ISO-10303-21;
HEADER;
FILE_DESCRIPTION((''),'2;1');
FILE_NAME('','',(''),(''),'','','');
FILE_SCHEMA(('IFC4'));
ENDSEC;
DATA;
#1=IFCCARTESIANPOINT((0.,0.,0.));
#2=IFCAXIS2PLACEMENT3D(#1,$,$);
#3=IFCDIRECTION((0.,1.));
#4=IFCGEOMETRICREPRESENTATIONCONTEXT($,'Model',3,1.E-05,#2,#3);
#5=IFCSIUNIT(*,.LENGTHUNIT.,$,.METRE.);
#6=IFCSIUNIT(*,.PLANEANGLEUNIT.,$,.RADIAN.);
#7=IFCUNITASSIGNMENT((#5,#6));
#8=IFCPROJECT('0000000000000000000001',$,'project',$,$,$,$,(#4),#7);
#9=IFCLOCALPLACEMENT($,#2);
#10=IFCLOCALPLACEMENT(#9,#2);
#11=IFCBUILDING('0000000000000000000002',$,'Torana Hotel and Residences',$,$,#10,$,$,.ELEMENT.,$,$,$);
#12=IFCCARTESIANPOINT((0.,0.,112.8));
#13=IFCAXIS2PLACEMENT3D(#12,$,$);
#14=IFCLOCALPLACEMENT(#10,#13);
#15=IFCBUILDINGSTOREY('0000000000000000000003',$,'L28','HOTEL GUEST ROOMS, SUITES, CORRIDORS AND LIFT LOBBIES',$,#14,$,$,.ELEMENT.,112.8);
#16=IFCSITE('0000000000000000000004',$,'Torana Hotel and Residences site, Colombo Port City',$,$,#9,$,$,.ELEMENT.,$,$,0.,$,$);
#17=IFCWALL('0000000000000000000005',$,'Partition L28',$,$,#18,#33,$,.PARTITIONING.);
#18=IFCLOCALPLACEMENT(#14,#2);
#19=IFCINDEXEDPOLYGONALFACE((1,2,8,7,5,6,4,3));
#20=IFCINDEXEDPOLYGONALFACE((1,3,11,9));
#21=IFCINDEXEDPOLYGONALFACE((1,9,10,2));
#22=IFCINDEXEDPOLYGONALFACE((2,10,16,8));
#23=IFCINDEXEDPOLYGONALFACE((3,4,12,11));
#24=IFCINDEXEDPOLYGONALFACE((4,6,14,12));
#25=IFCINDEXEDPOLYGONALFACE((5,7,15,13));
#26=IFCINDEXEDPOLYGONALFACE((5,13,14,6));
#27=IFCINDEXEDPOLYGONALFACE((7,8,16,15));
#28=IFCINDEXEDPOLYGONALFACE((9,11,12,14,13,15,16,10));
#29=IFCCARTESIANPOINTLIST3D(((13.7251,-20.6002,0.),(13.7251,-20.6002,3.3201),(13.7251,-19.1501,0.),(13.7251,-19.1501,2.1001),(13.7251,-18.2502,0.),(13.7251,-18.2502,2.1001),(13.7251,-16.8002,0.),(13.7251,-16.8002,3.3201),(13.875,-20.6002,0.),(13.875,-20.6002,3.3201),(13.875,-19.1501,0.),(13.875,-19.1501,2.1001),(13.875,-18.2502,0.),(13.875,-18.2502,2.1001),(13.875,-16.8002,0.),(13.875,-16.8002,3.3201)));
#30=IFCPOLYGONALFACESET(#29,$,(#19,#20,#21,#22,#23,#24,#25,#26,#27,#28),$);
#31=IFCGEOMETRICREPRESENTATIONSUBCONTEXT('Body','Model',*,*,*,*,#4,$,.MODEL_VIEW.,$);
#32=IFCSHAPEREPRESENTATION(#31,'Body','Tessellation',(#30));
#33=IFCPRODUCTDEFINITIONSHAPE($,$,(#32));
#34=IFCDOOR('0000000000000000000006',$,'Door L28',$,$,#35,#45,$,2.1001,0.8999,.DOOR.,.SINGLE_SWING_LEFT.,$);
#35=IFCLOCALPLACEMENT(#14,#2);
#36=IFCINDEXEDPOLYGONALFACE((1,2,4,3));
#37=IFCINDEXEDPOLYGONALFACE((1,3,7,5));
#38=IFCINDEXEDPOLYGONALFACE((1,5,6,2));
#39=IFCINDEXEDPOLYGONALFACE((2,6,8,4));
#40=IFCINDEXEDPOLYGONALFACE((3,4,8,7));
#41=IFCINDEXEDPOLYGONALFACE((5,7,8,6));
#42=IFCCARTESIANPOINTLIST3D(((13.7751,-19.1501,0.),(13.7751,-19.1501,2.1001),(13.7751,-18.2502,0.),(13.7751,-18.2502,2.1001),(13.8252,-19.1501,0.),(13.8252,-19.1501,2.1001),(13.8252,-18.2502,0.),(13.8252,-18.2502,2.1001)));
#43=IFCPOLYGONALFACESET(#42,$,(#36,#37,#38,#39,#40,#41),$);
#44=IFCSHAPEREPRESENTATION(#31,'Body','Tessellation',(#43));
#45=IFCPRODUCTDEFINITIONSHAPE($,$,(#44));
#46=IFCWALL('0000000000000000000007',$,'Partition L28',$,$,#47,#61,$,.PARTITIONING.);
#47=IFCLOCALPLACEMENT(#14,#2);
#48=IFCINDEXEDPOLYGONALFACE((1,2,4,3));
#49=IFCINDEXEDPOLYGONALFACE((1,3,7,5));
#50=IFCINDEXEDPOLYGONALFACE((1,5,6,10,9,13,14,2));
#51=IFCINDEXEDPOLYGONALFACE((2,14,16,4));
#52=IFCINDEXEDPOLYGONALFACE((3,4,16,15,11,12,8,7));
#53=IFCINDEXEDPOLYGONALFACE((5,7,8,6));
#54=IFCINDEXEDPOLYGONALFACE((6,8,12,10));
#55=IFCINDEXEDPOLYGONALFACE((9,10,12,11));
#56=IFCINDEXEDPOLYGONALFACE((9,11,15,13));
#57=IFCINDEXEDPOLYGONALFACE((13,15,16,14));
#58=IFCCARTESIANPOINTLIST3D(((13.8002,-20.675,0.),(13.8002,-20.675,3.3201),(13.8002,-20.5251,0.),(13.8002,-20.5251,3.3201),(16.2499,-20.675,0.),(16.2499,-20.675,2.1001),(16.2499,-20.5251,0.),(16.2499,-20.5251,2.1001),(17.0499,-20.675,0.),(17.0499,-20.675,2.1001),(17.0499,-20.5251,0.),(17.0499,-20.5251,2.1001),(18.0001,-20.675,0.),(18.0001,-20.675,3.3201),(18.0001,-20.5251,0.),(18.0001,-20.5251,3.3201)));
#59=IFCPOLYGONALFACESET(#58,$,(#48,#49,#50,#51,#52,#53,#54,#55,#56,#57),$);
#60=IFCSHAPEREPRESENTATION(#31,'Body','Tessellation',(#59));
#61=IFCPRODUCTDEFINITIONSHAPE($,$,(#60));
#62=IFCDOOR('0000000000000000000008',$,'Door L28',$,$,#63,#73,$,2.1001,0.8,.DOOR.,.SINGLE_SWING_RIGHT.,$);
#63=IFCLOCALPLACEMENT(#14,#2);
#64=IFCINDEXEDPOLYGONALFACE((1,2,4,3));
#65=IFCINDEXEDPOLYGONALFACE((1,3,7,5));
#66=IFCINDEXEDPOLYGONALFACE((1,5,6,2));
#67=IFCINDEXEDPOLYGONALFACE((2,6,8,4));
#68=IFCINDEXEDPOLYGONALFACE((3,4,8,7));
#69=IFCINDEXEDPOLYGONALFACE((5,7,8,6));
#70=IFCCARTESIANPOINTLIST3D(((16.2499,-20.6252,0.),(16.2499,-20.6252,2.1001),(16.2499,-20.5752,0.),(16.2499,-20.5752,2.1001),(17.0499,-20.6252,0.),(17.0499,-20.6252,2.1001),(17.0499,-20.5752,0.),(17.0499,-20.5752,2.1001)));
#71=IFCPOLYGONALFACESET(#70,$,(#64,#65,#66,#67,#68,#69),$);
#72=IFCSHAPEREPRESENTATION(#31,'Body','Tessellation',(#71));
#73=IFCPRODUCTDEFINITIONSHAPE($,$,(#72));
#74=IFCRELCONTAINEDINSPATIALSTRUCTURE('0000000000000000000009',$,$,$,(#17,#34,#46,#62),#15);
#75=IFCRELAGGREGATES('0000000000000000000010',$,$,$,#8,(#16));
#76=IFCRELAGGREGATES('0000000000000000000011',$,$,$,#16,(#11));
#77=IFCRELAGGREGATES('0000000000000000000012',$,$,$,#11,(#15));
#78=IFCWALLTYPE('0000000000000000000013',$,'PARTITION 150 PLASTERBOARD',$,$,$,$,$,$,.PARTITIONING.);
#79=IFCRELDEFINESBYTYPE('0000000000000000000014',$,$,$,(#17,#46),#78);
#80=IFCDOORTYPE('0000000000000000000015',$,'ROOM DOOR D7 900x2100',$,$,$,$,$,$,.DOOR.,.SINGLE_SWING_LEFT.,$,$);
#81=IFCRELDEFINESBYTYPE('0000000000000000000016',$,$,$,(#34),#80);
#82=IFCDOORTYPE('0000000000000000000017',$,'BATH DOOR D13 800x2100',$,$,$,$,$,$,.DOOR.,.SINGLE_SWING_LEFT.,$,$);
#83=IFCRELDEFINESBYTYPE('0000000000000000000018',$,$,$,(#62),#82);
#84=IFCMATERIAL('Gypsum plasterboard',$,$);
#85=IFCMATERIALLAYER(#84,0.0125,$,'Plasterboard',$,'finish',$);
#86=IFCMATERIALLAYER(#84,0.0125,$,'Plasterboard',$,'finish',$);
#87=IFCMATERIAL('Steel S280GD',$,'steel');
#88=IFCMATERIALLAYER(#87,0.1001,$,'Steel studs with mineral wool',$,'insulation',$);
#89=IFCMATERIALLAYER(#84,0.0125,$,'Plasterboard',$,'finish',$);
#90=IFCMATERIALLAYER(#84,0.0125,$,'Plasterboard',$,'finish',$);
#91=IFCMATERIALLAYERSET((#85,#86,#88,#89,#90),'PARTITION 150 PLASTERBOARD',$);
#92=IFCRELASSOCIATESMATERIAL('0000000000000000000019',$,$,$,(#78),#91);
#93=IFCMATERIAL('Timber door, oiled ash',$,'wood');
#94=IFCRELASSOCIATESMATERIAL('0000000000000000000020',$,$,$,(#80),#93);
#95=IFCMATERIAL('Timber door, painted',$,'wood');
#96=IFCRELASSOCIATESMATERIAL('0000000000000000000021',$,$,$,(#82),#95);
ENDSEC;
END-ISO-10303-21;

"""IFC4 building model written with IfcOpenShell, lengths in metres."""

from ifc_helpers import new_model, si_unit, direction, frame, frame_2d, origin, place, context, subcontext, project, spatial, rectangle, extrude, material, layer, layer_set, type_object, element, fill, save


model = new_model("IFC4")

# Units and contexts
model_context = context("Model", 3, precision=1e-05, world=origin(), true_north=direction((0.0, 1.0)))
body_context = subcontext(model_context, "Body", "Model", "MODEL_VIEW")
ifc_project = project(units=[si_unit("LENGTHUNIT", "METRE"), si_unit("PLANEANGLEUNIT", "RADIAN")], contexts=[model_context])

# Site, building, storey
site_placement = place(None, origin())
site = spatial("IfcSite", under=ifc_project, at=site_placement, Name="Torana Hotel and Residences site, Colombo Port City", CompositionType="ELEMENT", RefElevation=0.0)
building_placement = place(site_placement, origin())
building = spatial("IfcBuilding", under=site, at=building_placement, Name="Torana Hotel and Residences", CompositionType="ELEMENT")
storey_placement = place(building_placement, frame((0.0, 0.0, 112.8)))
storey = spatial("IfcBuildingStorey", under=building, at=storey_placement, Name="L28", Description="HOTEL GUEST ROOMS, SUITES, CORRIDORS AND LIFT LOBBIES", CompositionType="ELEMENT", Elevation=112.8)

# Shared definitions
ifc_material_1 = material(Name="Gypsum plasterboard")
ifc_layer_1 = layer(ifc_material_1, 0.0125, Name="Plasterboard", Category="finish")
ifc_layer_2 = layer(ifc_material_1, 0.0125, Name="Plasterboard", Category="finish")
ifc_material_2 = material(Name="Steel S280GD", Category="steel")
ifc_layer_3 = layer(ifc_material_2, 0.1001, Name="Steel studs with mineral wool", Category="insulation")
ifc_layer_4 = layer(ifc_material_1, 0.0125, Name="Plasterboard", Category="finish")
ifc_layer_5 = layer(ifc_material_1, 0.0125, Name="Plasterboard", Category="finish")
ifc_layer_set_1 = layer_set([ifc_layer_1, ifc_layer_2, ifc_layer_3, ifc_layer_4, ifc_layer_5], Name="PARTITION 150 PLASTERBOARD")
wall_type_1 = type_object("IfcWallType", Name="PARTITION 150 PLASTERBOARD", PredefinedType="PARTITIONING", material=ifc_layer_set_1)

# Walls, openings, doors
wall_1_placement = place(storey_placement, frame((13.8, -20.6001, 0.0), z_axis=(0.0, 0.0, 1.0), x_axis=(0.0, 1.0, 0.0)))
wall_1 = element("IfcWall", 1, at=wall_1_placement, inside=storey, type_object=wall_type_1, Name="Partition L28", PredefinedType="PARTITIONING", context=body_context, shape_type="SweptSolid", body=[
    extrude(rectangle(XDim=3.8, YDim=0.1499, at=frame_2d((1.8999, 0.0))), origin(), (0.0, 0.0, 1.0), 3.3201),
])
opening_1_placement = place(wall_1_placement, frame((1.45, 0.0, 0.0)))
opening_1 = element("IfcOpeningElement", 2, at=opening_1_placement, cuts=wall_1, PredefinedType="OPENING", context=body_context, shape_type="SweptSolid", body=[
    extrude(rectangle(XDim=0.8999, YDim=2.1001, at=frame_2d((0.45, 1.05))), frame((0.0, 0.085, 0.0), z_axis=(0.0, -1.0, 0.0), x_axis=(1.0, 0.0, 0.0)), (0.0, 0.0, 1.0), 0.1699),
])
ifc_material_3 = material(Name="Timber door, oiled ash", Category="wood")
door_type_1 = type_object("IfcDoorType", Name="ROOM DOOR D7 900x2100", OperationType="SINGLE_SWING_LEFT", PredefinedType="DOOR", material=ifc_material_3)
door_1_placement = place(opening_1_placement, origin())
door_1 = element("IfcDoor", 3, at=door_1_placement, inside=storey, type_object=door_type_1, Name="Door L28", OperationType="SINGLE_SWING_LEFT", OverallHeight=2.1001, OverallWidth=0.8999, PredefinedType="DOOR", context=body_context, shape_type="SweptSolid", body=[
    extrude(rectangle(XDim=0.8999, YDim=2.1001, at=frame_2d((0.45, 1.05))), frame((0.0, 0.0249, 0.0), z_axis=(0.0, -1.0, 0.0), x_axis=(1.0, 0.0, 0.0)), (0.0, 0.0, 1.0), 0.05),
])
fill(opening_1, door_1)
wall_2_placement = place(storey_placement, frame((13.8, -20.6001, 0.0), z_axis=(0.0, 0.0, 1.0), x_axis=(1.0, 0.0, 0.0)))
wall_2 = element("IfcWall", 4, at=wall_2_placement, inside=storey, type_object=wall_type_1, Name="Partition L28", PredefinedType="PARTITIONING", context=body_context, shape_type="SweptSolid", body=[
    extrude(rectangle(XDim=4.2, YDim=0.1499, at=frame_2d((2.1001, 0.0))), origin(), (0.0, 0.0, 1.0), 3.3201),
])
opening_2_placement = place(wall_2_placement, frame((2.45, 0.0, 0.0)))
opening_2 = element("IfcOpeningElement", 5, at=opening_2_placement, cuts=wall_2, PredefinedType="OPENING", context=body_context, shape_type="SweptSolid", body=[
    extrude(rectangle(XDim=0.8, YDim=2.1001, at=frame_2d((0.3999, 1.05))), frame((0.0, 0.085, 0.0), z_axis=(0.0, -1.0, 0.0), x_axis=(1.0, 0.0, 0.0)), (0.0, 0.0, 1.0), 0.1699),
])
ifc_material_4 = material(Name="Timber door, painted", Category="wood")
door_type_2 = type_object("IfcDoorType", Name="BATH DOOR D13 800x2100", OperationType="SINGLE_SWING_LEFT", PredefinedType="DOOR", material=ifc_material_4)
door_2_placement = place(opening_2_placement, origin())
door_2 = element("IfcDoor", 6, at=door_2_placement, inside=storey, type_object=door_type_2, Name="Door L28", OperationType="SINGLE_SWING_RIGHT", OverallHeight=2.1001, OverallWidth=0.8, PredefinedType="DOOR", context=body_context, shape_type="SweptSolid", body=[
    extrude(rectangle(XDim=0.8, YDim=2.1001, at=frame_2d((0.3999, 1.05))), frame((0.0, 0.0249, 0.0), z_axis=(0.0, -1.0, 0.0), x_axis=(1.0, 0.0, 0.0)), (0.0, 0.0, 1.0), 0.05),
])
fill(opening_2, door_2)

save(model, "model.ifc")
